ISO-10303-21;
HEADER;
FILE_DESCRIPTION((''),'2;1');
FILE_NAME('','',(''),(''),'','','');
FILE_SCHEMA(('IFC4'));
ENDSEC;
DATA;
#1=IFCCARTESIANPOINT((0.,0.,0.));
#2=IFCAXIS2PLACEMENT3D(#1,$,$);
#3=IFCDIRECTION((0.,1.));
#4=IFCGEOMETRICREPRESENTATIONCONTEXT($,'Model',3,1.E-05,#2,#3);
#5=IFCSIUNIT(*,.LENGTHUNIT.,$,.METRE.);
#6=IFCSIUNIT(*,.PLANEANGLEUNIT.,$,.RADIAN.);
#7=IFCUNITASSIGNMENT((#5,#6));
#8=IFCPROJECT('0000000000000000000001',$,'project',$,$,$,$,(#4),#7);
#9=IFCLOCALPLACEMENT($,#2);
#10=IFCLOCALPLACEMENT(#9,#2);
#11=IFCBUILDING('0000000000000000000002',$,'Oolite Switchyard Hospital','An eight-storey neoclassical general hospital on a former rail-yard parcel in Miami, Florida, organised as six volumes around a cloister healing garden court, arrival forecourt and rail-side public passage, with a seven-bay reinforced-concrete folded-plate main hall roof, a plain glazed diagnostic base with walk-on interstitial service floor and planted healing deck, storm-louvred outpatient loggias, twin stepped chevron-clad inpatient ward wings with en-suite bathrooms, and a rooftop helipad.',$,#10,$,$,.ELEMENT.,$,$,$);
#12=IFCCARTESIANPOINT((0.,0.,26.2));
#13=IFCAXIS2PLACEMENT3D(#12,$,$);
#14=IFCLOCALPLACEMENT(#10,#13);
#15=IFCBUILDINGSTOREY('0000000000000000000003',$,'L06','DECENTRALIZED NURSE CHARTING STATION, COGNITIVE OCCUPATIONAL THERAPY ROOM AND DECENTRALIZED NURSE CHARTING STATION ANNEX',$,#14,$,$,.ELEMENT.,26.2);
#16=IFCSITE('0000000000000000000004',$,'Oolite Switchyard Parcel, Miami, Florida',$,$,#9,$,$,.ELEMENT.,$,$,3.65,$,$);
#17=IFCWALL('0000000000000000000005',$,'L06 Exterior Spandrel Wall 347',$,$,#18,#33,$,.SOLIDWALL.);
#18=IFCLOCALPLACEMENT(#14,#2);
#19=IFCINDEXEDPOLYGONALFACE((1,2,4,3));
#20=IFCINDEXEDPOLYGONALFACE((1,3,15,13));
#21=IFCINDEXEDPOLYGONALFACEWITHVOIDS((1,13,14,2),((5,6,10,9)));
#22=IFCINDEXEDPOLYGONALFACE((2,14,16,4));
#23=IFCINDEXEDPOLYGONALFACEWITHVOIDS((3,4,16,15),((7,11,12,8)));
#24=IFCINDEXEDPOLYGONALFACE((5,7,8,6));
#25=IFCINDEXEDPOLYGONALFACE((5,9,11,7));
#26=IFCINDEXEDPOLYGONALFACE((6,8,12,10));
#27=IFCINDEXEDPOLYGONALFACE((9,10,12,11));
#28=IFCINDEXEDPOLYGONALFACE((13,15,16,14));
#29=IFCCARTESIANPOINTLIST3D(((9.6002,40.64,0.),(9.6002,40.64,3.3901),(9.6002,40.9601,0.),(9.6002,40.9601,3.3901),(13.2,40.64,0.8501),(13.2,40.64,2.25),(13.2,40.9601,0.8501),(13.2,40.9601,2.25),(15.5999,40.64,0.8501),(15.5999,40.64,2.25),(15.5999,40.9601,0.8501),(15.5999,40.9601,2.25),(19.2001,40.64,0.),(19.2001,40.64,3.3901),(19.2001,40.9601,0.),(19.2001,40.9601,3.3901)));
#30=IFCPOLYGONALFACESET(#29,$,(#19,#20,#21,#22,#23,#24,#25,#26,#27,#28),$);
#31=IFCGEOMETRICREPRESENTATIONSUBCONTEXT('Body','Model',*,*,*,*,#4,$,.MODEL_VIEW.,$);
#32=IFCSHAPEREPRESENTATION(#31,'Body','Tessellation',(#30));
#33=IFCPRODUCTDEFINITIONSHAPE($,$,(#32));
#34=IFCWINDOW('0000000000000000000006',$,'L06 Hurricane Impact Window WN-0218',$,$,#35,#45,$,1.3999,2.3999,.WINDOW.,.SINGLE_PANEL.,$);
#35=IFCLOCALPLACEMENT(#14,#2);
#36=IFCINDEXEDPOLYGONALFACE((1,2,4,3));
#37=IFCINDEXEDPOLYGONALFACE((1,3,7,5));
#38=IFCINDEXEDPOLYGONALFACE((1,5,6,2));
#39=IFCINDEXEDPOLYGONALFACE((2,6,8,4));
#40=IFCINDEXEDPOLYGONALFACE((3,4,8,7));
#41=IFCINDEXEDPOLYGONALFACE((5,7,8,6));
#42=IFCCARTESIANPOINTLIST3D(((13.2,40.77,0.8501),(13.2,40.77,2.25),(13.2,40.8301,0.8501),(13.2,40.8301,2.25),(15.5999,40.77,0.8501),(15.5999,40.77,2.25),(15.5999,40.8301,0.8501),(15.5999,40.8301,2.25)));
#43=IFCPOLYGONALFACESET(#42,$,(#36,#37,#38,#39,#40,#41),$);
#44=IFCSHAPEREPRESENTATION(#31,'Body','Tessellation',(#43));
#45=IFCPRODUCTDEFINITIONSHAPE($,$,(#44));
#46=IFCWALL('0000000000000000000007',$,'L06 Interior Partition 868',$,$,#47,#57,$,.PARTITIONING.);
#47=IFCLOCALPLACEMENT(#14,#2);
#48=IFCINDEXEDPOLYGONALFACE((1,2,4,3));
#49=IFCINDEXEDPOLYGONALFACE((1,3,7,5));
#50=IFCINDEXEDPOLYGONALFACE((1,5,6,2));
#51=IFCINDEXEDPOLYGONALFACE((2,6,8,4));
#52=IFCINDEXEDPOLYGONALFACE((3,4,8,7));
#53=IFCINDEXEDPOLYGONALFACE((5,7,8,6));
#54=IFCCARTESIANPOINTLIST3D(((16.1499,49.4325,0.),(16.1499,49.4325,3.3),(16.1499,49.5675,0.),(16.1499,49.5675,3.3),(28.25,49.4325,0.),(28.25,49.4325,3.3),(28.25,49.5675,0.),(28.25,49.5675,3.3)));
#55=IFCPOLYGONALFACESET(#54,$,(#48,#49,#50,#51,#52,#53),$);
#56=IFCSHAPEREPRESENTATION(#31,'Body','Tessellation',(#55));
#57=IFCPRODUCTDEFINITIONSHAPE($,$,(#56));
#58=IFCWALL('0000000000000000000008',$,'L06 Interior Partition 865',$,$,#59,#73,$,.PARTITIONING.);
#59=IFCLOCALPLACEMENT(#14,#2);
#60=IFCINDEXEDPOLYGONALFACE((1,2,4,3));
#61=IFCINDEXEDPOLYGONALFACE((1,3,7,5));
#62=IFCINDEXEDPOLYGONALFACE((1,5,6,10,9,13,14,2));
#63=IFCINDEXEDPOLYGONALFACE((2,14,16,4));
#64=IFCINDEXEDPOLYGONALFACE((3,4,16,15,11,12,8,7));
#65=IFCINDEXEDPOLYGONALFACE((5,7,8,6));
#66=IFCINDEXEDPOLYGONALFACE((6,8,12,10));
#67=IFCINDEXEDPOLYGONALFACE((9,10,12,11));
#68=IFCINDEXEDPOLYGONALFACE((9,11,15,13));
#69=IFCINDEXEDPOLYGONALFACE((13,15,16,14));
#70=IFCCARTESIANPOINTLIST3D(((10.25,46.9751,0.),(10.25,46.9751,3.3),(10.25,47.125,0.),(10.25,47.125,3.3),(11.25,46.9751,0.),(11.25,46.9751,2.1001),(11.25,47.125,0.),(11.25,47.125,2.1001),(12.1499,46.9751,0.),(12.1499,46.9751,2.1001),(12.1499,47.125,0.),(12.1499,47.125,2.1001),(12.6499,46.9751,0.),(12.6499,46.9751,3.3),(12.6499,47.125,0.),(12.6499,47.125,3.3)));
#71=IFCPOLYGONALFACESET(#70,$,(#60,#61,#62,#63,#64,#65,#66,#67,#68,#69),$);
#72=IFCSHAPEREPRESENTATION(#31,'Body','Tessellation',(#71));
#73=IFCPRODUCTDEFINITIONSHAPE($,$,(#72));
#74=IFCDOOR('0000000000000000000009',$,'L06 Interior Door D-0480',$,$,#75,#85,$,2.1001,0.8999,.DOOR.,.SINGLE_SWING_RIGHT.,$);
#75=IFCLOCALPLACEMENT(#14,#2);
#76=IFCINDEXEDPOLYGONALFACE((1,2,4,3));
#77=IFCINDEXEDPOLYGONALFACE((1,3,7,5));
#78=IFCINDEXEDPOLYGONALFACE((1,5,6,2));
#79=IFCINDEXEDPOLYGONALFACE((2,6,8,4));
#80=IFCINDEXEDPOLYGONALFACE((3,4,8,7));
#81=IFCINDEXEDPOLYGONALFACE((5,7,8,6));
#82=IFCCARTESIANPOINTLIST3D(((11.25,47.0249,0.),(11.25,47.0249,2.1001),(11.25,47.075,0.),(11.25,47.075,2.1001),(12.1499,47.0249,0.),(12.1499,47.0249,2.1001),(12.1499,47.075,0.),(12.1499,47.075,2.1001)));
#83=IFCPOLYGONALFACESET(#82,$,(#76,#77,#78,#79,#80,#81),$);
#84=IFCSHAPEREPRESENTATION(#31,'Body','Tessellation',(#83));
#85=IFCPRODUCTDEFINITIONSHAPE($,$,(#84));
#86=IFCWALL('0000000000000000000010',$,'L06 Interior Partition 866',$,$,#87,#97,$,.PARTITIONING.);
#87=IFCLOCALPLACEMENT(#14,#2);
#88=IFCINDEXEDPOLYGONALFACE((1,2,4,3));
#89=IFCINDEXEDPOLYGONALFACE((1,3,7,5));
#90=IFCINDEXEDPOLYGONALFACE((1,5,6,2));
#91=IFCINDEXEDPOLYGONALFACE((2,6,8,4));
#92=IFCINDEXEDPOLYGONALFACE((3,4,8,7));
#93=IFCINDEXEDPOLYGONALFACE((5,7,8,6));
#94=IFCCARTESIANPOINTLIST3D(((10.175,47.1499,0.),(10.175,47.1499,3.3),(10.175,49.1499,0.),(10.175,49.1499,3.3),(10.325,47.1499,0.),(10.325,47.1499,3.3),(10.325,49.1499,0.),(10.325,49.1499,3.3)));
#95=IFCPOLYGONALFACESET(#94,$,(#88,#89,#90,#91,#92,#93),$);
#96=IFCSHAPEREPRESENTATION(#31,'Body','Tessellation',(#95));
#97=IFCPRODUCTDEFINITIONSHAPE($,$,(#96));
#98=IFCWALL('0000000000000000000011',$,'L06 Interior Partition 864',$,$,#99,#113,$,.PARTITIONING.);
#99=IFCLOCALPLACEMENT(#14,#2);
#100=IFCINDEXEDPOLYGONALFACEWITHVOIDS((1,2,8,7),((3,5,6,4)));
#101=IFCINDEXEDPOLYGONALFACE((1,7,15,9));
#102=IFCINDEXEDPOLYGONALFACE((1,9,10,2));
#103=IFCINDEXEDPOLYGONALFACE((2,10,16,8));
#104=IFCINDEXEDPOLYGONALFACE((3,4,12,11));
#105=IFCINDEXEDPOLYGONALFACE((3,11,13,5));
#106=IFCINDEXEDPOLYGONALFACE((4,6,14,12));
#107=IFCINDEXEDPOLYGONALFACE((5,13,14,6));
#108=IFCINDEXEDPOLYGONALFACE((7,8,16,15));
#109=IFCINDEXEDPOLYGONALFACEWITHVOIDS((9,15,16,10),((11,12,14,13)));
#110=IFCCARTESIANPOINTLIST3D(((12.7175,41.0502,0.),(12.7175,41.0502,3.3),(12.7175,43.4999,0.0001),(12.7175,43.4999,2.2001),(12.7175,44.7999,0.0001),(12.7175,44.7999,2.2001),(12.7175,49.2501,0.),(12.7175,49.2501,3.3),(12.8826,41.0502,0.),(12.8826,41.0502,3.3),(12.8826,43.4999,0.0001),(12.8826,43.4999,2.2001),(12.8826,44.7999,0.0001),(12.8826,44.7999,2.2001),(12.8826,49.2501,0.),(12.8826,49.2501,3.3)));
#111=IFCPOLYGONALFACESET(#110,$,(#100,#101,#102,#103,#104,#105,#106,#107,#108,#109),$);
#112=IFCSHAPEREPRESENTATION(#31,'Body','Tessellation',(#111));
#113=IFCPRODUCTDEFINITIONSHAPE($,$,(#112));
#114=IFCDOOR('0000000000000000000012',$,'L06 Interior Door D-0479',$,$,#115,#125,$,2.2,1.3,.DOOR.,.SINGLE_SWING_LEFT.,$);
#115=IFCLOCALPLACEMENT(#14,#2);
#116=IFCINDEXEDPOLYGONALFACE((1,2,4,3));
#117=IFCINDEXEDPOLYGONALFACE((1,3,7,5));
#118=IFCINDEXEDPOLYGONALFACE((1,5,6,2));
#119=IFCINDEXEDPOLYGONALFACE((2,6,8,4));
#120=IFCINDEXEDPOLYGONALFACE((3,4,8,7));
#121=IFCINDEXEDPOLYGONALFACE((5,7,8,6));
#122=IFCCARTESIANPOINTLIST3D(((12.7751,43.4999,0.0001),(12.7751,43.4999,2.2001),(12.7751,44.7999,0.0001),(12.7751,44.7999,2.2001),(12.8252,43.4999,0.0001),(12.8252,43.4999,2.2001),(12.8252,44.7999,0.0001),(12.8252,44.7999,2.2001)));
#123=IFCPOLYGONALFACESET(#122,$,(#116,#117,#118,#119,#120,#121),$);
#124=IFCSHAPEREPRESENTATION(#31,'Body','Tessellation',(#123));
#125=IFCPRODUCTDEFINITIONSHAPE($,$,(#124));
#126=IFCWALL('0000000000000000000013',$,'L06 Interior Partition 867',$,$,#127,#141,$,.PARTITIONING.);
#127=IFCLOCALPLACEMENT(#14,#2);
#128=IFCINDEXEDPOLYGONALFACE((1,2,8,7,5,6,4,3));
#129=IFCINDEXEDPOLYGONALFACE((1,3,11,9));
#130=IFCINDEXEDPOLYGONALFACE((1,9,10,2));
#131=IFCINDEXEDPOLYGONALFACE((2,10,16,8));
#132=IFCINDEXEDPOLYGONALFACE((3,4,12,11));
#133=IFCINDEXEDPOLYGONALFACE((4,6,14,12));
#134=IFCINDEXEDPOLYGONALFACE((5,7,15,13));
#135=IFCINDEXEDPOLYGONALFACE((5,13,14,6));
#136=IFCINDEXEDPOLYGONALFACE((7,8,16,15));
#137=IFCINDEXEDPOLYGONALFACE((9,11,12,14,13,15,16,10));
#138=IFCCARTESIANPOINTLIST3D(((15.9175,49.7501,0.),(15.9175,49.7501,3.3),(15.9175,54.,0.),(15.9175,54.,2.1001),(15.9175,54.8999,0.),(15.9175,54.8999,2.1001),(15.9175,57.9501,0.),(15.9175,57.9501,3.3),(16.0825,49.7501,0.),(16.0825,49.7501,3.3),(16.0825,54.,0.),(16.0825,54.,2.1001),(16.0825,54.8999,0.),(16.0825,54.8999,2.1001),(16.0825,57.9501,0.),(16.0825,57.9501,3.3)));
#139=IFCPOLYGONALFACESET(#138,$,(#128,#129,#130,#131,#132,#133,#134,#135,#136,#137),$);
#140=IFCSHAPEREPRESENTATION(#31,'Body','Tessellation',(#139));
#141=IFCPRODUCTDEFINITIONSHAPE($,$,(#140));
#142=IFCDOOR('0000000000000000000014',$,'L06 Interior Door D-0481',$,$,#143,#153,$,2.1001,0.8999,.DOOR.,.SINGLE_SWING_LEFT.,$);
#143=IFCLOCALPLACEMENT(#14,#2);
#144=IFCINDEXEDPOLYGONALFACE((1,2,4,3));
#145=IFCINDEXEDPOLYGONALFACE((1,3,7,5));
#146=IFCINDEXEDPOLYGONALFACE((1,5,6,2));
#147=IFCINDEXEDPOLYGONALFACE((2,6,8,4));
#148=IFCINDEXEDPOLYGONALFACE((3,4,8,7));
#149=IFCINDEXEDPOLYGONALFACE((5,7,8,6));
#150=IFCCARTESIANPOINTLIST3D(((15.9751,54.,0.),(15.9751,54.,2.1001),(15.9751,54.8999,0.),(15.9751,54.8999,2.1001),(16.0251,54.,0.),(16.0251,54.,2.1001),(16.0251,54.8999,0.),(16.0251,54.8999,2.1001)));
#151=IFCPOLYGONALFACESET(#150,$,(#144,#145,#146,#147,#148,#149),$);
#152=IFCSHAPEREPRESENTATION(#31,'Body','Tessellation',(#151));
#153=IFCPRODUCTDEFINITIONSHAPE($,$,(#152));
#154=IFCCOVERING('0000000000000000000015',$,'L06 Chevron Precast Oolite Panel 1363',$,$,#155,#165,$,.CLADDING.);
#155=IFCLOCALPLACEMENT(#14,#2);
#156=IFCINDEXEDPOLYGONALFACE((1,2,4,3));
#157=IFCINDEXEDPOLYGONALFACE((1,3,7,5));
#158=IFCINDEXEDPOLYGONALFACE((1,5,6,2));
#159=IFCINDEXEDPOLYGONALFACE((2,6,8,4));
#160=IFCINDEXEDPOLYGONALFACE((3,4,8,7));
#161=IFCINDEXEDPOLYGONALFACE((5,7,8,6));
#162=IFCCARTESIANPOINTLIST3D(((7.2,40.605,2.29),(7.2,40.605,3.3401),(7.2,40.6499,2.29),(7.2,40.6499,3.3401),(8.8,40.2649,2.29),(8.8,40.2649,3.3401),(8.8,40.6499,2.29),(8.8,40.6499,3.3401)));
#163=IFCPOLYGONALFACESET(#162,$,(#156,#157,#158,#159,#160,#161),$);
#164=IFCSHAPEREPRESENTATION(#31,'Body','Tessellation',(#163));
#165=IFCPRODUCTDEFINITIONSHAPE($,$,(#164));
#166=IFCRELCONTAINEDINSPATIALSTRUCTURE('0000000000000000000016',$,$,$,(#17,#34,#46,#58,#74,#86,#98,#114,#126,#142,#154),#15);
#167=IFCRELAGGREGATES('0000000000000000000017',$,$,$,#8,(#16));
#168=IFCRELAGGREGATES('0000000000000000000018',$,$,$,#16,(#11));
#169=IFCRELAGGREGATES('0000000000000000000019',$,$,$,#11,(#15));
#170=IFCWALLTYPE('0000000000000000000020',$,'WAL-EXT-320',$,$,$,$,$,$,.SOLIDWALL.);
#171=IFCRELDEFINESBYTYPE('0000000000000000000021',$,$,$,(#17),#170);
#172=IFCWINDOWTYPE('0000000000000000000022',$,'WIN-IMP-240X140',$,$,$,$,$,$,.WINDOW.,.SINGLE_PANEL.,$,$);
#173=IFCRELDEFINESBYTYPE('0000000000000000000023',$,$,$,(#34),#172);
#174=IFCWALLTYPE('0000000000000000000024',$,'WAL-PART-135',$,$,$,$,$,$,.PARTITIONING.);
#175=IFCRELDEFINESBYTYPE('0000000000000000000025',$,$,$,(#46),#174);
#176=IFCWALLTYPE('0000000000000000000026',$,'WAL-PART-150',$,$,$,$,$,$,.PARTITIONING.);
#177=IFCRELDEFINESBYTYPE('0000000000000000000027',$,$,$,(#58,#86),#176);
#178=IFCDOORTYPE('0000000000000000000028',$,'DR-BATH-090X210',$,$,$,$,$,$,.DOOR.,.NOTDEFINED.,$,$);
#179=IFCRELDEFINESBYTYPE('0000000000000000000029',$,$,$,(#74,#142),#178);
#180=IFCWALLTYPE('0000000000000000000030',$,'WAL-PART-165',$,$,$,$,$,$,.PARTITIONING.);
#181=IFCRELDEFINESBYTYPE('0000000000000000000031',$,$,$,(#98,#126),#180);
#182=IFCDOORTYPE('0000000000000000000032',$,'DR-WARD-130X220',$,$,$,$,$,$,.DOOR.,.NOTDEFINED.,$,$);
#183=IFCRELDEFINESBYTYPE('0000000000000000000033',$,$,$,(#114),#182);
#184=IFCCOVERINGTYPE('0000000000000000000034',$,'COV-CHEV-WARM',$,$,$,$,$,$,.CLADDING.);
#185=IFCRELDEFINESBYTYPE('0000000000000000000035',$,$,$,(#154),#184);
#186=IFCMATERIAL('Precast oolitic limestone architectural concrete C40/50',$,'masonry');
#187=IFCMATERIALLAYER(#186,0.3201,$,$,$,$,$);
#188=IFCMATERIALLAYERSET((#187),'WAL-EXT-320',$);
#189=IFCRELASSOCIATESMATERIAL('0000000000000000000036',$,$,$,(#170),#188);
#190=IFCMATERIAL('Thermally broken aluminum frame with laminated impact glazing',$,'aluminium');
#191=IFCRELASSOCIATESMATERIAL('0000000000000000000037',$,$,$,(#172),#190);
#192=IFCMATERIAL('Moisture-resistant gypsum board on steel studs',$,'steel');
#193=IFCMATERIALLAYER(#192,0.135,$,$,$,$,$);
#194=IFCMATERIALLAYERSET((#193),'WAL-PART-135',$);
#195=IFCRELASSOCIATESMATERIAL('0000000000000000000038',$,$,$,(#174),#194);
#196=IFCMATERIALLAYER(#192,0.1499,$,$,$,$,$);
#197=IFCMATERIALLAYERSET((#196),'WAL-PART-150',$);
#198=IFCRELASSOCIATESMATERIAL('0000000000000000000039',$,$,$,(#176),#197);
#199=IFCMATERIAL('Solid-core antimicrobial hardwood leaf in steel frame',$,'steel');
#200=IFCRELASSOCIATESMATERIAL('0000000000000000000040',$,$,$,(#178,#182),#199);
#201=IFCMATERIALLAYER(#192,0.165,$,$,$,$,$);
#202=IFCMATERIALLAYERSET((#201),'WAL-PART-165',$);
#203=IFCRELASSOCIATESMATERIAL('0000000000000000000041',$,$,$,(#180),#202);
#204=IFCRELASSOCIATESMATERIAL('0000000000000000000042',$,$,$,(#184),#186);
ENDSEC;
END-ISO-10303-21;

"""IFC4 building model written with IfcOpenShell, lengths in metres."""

from ifc_helpers import new_model, si_unit, direction, frame, frame_2d, origin, place, context, subcontext, project, spatial, polyline, rectangle, outline, extrude, material, layer, layer_set, type_object, element, fill, save


model = new_model("IFC4")

# Units and contexts
model_context = context("Model", 3, precision=1e-05, world=origin(), true_north=direction((0.0, 1.0)))
body_context = subcontext(model_context, "Body", "Model", "MODEL_VIEW")
ifc_project = project(units=[si_unit("LENGTHUNIT", "METRE"), si_unit("PLANEANGLEUNIT", "RADIAN")], contexts=[model_context])

# Site, building, storey
site_placement = place(None, origin())
site = spatial("IfcSite", under=ifc_project, at=site_placement, Name="Oolite Switchyard Parcel, Miami, Florida", CompositionType="ELEMENT", RefElevation=3.65)
building_placement = place(site_placement, origin())
building = spatial("IfcBuilding", under=site, at=building_placement, Name="Oolite Switchyard Hospital", Description="An eight-storey neoclassical general hospital on a former rail-yard parcel in Miami, Florida, organised as six volumes around a cloister healing garden court, arrival forecourt and rail-side public passage, with a seven-bay reinforced-concrete folded-plate main hall roof, a plain glazed diagnostic base with walk-on interstitial service floor and planted healing deck, storm-louvred outpatient loggias, twin stepped chevron-clad inpatient ward wings with en-suite bathrooms, and a rooftop helipad.", CompositionType="ELEMENT")
storey_placement = place(building_placement, frame((0.0, 0.0, 26.2)))
storey = spatial("IfcBuildingStorey", under=building, at=storey_placement, Name="L06", Description="DECENTRALIZED NURSE CHARTING STATION, COGNITIVE OCCUPATIONAL THERAPY ROOM AND DECENTRALIZED NURSE CHARTING STATION ANNEX", CompositionType="ELEMENT", Elevation=26.2)

# Wall, opening, window
ifc_material_1 = material(Name="Precast oolitic limestone architectural concrete C40/50", Category="masonry")
ifc_material_2 = material(Name="Thermally broken aluminum frame with laminated impact glazing", Category="aluminium")
ifc_layer_1 = layer(ifc_material_1, 0.3201)
ifc_layer_set_1 = layer_set([ifc_layer_1], Name="WAL-EXT-320")
wall_type_1 = type_object("IfcWallType", Name="WAL-EXT-320", PredefinedType="SOLIDWALL", material=ifc_layer_set_1)
wall_1_placement = place(storey_placement, frame((19.2, 40.8, 0.0), z_axis=(0.0, 0.0, 1.0), x_axis=(-1.0, 0.0, 0.0)))
wall_1 = element("IfcWall", 1, at=wall_1_placement, inside=storey, type_object=wall_type_1, Name="L06 Exterior Spandrel Wall 347", PredefinedType="SOLIDWALL", context=body_context, shape_type="SweptSolid", body=[
    extrude(rectangle(XDim=9.5999, YDim=0.3201, at=frame_2d((4.7998, 0.0))), origin(), (0.0, 0.0, 1.0), 3.3901),
])
opening_1_placement = place(wall_1_placement, frame((3.6001, 0.0, 0.8501)))
opening_1 = element("IfcOpeningElement", 2, at=opening_1_placement, cuts=wall_1, PredefinedType="OPENING", context=body_context, shape_type="SweptSolid", body=[
    extrude(rectangle(XDim=2.3999, YDim=1.3999, at=frame_2d((1.2, 0.7))), frame((0.0, 0.1699, 0.0), z_axis=(0.0, -1.0, 0.0), x_axis=(1.0, 0.0, 0.0)), (0.0, 0.0, 1.0), 0.3401),
])
window_type_1 = type_object("IfcWindowType", Name="WIN-IMP-240X140", PartitioningType="SINGLE_PANEL", PredefinedType="WINDOW", material=ifc_material_2)
window_1_placement = place(opening_1_placement, origin())
window_1 = element("IfcWindow", 3, at=window_1_placement, inside=storey, type_object=window_type_1, Name="L06 Hurricane Impact Window WN-0218", OverallHeight=1.3999, OverallWidth=2.3999, PartitioningType="SINGLE_PANEL", PredefinedType="WINDOW", context=body_context, shape_type="SweptSolid", body=[
    extrude(rectangle(XDim=2.3999, YDim=1.3999, at=frame_2d((1.2, 0.7))), frame((0.0, 0.03, 0.0), z_axis=(0.0, -1.0, 0.0), x_axis=(1.0, 0.0, 0.0)), (0.0, 0.0, 1.0), 0.0601),
])
fill(opening_1, window_1)

# Wall
ifc_material_3 = material(Name="Moisture-resistant gypsum board on steel studs", Category="steel")
ifc_layer_2 = layer(ifc_material_3, 0.135)
ifc_layer_set_2 = layer_set([ifc_layer_2], Name="WAL-PART-135")
wall_type_2 = type_object("IfcWallType", Name="WAL-PART-135", PredefinedType="PARTITIONING", material=ifc_layer_set_2)
wall_2_placement = place(storey_placement, frame((16.1499, 49.5, 0.0), z_axis=(0.0, 0.0, 1.0), x_axis=(1.0, 0.0, 0.0)))
element("IfcWall", 4, at=wall_2_placement, inside=storey, type_object=wall_type_2, Name="L06 Interior Partition 868", PredefinedType="PARTITIONING", context=body_context, shape_type="SweptSolid", body=[
    extrude(rectangle(XDim=12.1001, YDim=0.135, at=frame_2d((6.05, 0.0))), origin(), (0.0, 0.0, 1.0), 3.3),
])

# Wall, opening, door
ifc_layer_3 = layer(ifc_material_3, 0.1499)
ifc_layer_set_3 = layer_set([ifc_layer_3], Name="WAL-PART-150")
wall_type_3 = type_object("IfcWallType", Name="WAL-PART-150", PredefinedType="PARTITIONING", material=ifc_layer_set_3)
wall_3_placement = place(storey_placement, frame((10.25, 47.05, 0.0), z_axis=(0.0, 0.0, 1.0), x_axis=(1.0, 0.0, 0.0)))
wall_3 = element("IfcWall", 5, at=wall_3_placement, inside=storey, type_object=wall_type_3, Name="L06 Interior Partition 865", PredefinedType="PARTITIONING", context=body_context, shape_type="SweptSolid", body=[
    extrude(rectangle(XDim=2.3999, YDim=0.1499, at=frame_2d((1.2, 0.0))), origin(), (0.0, 0.0, 1.0), 3.3),
])
opening_2_placement = place(wall_3_placement, frame((1.0, 0.0, 0.0)))
opening_2 = element("IfcOpeningElement", 6, at=opening_2_placement, cuts=wall_3, PredefinedType="OPENING", context=body_context, shape_type="SweptSolid", body=[
    extrude(rectangle(XDim=0.8999, YDim=2.1001, at=frame_2d((0.45, 1.05))), frame((0.0, 0.085, 0.0), z_axis=(0.0, -1.0, 0.0), x_axis=(1.0, 0.0, 0.0)), (0.0, 0.0, 1.0), 0.1699),
])
ifc_material_4 = material(Name="Solid-core antimicrobial hardwood leaf in steel frame", Category="steel")
door_type_1 = type_object("IfcDoorType", Name="DR-BATH-090X210", OperationType="NOTDEFINED", PredefinedType="DOOR", material=ifc_material_4)
door_1_placement = place(opening_2_placement, origin())
door_1 = element("IfcDoor", 7, at=door_1_placement, inside=storey, type_object=door_type_1, Name="L06 Interior Door D-0480", OperationType="SINGLE_SWING_RIGHT", OverallHeight=2.1001, OverallWidth=0.8999, PredefinedType="DOOR", context=body_context, shape_type="SweptSolid", body=[
    extrude(rectangle(XDim=0.8999, YDim=2.1001, at=frame_2d((0.45, 1.05))), frame((0.0, 0.0249, 0.0), z_axis=(0.0, -1.0, 0.0), x_axis=(1.0, 0.0, 0.0)), (0.0, 0.0, 1.0), 0.05),
])
fill(opening_2, door_1)

# Wall
wall_4_placement = place(storey_placement, frame((10.25, 47.1499, 0.0), z_axis=(0.0, 0.0, 1.0), x_axis=(0.0, 1.0, 0.0)))
element("IfcWall", 8, at=wall_4_placement, inside=storey, type_object=wall_type_3, Name="L06 Interior Partition 866", PredefinedType="PARTITIONING", context=body_context, shape_type="SweptSolid", body=[
    extrude(rectangle(XDim=2.0, YDim=0.1499, at=frame_2d((1.0, 0.0))), origin(), (0.0, 0.0, 1.0), 3.3),
])

# Walls, openings, doors
ifc_layer_4 = layer(ifc_material_3, 0.165)
ifc_layer_set_4 = layer_set([ifc_layer_4], Name="WAL-PART-165")
wall_type_4 = type_object("IfcWallType", Name="WAL-PART-165", PredefinedType="PARTITIONING", material=ifc_layer_set_4)
wall_5_placement = place(storey_placement, frame((12.8, 41.05, 0.0), z_axis=(0.0, 0.0, 1.0), x_axis=(0.0, 1.0, 0.0)))
wall_5 = element("IfcWall", 9, at=wall_5_placement, inside=storey, type_object=wall_type_4, Name="L06 Interior Partition 864", PredefinedType="PARTITIONING", context=body_context, shape_type="SweptSolid", body=[
    extrude(rectangle(XDim=8.2, YDim=0.165, at=frame_2d((4.1001, 0.0))), origin(), (0.0, 0.0, 1.0), 3.3),
])
opening_3_placement = place(wall_5_placement, frame((2.45, 0.0, 0.0)))
opening_3 = element("IfcOpeningElement", 10, at=opening_3_placement, cuts=wall_5, PredefinedType="OPENING", context=body_context, shape_type="SweptSolid", body=[
    extrude(rectangle(XDim=1.3, YDim=2.2, at=frame_2d((0.6499, 1.1001))), frame((0.0, 0.0925, 0.0), z_axis=(0.0, -1.0, 0.0), x_axis=(1.0, 0.0, 0.0)), (0.0, 0.0, 1.0), 0.1851),
])
door_type_2 = type_object("IfcDoorType", Name="DR-WARD-130X220", OperationType="NOTDEFINED", PredefinedType="DOOR", material=ifc_material_4)
door_2_placement = place(opening_3_placement, origin())
door_2 = element("IfcDoor", 11, at=door_2_placement, inside=storey, type_object=door_type_2, Name="L06 Interior Door D-0479", OperationType="SINGLE_SWING_LEFT", OverallHeight=2.2, OverallWidth=1.3, PredefinedType="DOOR", context=body_context, shape_type="SweptSolid", body=[
    extrude(rectangle(XDim=1.3, YDim=2.2, at=frame_2d((0.6499, 1.1001))), frame((0.0, 0.0249, 0.0), z_axis=(0.0, -1.0, 0.0), x_axis=(1.0, 0.0, 0.0)), (0.0, 0.0, 1.0), 0.05),
])
fill(opening_3, door_2)
wall_6_placement = place(storey_placement, frame((16.0, 49.75, 0.0), z_axis=(0.0, 0.0, 1.0), x_axis=(0.0, 1.0, 0.0)))
wall_6 = element("IfcWall", 12, at=wall_6_placement, inside=storey, type_object=wall_type_4, Name="L06 Interior Partition 867", PredefinedType="PARTITIONING", context=body_context, shape_type="SweptSolid", body=[
    extrude(rectangle(XDim=8.2, YDim=0.165, at=frame_2d((4.1001, 0.0))), origin(), (0.0, 0.0, 1.0), 3.3),
])
opening_4_placement = place(wall_6_placement, frame((4.25, 0.0, 0.0)))
opening_4 = element("IfcOpeningElement", 13, at=opening_4_placement, cuts=wall_6, PredefinedType="OPENING", context=body_context, shape_type="SweptSolid", body=[
    extrude(rectangle(XDim=0.8999, YDim=2.1001, at=frame_2d((0.45, 1.05))), frame((0.0, 0.0925, 0.0), z_axis=(0.0, -1.0, 0.0), x_axis=(1.0, 0.0, 0.0)), (0.0, 0.0, 1.0), 0.1851),
])
door_3_placement = place(opening_4_placement, origin())
door_3 = element("IfcDoor", 14, at=door_3_placement, inside=storey, type_object=door_type_1, Name="L06 Interior Door D-0481", OperationType="SINGLE_SWING_LEFT", OverallHeight=2.1001, OverallWidth=0.8999, PredefinedType="DOOR", context=body_context, shape_type="SweptSolid", body=[
    extrude(rectangle(XDim=0.8999, YDim=2.1001, at=frame_2d((0.45, 1.05))), frame((0.0, 0.0249, 0.0), z_axis=(0.0, -1.0, 0.0), x_axis=(1.0, 0.0, 0.0)), (0.0, 0.0, 1.0), 0.05),
])
fill(opening_4, door_3)

# Covering
covering_type = type_object("IfcCoveringType", Name="COV-CHEV-WARM", PredefinedType="CLADDING", material=ifc_material_1)
covering_1_placement = place(storey_placement, frame((8.8, 40.6499, 2.29), z_axis=(0.0, 0.0, 1.0), x_axis=(-1.0, 0.0, 0.0)))
element("IfcCovering", 15, at=covering_1_placement, inside=storey, type_object=covering_type, Name="L06 Chevron Precast Oolite Panel 1363", PredefinedType="CLADDING", context=body_context, shape_type="SweptSolid", body=[
    extrude(outline(polyline([(0.0, 0.0), (1.6001, 0.0), (1.6001, 0.0449), (0.0, 0.385), (0.0, 0.0)])), origin(), (0.0, 0.0, 1.0), 1.05),
])

save(model, "model.ifc")
